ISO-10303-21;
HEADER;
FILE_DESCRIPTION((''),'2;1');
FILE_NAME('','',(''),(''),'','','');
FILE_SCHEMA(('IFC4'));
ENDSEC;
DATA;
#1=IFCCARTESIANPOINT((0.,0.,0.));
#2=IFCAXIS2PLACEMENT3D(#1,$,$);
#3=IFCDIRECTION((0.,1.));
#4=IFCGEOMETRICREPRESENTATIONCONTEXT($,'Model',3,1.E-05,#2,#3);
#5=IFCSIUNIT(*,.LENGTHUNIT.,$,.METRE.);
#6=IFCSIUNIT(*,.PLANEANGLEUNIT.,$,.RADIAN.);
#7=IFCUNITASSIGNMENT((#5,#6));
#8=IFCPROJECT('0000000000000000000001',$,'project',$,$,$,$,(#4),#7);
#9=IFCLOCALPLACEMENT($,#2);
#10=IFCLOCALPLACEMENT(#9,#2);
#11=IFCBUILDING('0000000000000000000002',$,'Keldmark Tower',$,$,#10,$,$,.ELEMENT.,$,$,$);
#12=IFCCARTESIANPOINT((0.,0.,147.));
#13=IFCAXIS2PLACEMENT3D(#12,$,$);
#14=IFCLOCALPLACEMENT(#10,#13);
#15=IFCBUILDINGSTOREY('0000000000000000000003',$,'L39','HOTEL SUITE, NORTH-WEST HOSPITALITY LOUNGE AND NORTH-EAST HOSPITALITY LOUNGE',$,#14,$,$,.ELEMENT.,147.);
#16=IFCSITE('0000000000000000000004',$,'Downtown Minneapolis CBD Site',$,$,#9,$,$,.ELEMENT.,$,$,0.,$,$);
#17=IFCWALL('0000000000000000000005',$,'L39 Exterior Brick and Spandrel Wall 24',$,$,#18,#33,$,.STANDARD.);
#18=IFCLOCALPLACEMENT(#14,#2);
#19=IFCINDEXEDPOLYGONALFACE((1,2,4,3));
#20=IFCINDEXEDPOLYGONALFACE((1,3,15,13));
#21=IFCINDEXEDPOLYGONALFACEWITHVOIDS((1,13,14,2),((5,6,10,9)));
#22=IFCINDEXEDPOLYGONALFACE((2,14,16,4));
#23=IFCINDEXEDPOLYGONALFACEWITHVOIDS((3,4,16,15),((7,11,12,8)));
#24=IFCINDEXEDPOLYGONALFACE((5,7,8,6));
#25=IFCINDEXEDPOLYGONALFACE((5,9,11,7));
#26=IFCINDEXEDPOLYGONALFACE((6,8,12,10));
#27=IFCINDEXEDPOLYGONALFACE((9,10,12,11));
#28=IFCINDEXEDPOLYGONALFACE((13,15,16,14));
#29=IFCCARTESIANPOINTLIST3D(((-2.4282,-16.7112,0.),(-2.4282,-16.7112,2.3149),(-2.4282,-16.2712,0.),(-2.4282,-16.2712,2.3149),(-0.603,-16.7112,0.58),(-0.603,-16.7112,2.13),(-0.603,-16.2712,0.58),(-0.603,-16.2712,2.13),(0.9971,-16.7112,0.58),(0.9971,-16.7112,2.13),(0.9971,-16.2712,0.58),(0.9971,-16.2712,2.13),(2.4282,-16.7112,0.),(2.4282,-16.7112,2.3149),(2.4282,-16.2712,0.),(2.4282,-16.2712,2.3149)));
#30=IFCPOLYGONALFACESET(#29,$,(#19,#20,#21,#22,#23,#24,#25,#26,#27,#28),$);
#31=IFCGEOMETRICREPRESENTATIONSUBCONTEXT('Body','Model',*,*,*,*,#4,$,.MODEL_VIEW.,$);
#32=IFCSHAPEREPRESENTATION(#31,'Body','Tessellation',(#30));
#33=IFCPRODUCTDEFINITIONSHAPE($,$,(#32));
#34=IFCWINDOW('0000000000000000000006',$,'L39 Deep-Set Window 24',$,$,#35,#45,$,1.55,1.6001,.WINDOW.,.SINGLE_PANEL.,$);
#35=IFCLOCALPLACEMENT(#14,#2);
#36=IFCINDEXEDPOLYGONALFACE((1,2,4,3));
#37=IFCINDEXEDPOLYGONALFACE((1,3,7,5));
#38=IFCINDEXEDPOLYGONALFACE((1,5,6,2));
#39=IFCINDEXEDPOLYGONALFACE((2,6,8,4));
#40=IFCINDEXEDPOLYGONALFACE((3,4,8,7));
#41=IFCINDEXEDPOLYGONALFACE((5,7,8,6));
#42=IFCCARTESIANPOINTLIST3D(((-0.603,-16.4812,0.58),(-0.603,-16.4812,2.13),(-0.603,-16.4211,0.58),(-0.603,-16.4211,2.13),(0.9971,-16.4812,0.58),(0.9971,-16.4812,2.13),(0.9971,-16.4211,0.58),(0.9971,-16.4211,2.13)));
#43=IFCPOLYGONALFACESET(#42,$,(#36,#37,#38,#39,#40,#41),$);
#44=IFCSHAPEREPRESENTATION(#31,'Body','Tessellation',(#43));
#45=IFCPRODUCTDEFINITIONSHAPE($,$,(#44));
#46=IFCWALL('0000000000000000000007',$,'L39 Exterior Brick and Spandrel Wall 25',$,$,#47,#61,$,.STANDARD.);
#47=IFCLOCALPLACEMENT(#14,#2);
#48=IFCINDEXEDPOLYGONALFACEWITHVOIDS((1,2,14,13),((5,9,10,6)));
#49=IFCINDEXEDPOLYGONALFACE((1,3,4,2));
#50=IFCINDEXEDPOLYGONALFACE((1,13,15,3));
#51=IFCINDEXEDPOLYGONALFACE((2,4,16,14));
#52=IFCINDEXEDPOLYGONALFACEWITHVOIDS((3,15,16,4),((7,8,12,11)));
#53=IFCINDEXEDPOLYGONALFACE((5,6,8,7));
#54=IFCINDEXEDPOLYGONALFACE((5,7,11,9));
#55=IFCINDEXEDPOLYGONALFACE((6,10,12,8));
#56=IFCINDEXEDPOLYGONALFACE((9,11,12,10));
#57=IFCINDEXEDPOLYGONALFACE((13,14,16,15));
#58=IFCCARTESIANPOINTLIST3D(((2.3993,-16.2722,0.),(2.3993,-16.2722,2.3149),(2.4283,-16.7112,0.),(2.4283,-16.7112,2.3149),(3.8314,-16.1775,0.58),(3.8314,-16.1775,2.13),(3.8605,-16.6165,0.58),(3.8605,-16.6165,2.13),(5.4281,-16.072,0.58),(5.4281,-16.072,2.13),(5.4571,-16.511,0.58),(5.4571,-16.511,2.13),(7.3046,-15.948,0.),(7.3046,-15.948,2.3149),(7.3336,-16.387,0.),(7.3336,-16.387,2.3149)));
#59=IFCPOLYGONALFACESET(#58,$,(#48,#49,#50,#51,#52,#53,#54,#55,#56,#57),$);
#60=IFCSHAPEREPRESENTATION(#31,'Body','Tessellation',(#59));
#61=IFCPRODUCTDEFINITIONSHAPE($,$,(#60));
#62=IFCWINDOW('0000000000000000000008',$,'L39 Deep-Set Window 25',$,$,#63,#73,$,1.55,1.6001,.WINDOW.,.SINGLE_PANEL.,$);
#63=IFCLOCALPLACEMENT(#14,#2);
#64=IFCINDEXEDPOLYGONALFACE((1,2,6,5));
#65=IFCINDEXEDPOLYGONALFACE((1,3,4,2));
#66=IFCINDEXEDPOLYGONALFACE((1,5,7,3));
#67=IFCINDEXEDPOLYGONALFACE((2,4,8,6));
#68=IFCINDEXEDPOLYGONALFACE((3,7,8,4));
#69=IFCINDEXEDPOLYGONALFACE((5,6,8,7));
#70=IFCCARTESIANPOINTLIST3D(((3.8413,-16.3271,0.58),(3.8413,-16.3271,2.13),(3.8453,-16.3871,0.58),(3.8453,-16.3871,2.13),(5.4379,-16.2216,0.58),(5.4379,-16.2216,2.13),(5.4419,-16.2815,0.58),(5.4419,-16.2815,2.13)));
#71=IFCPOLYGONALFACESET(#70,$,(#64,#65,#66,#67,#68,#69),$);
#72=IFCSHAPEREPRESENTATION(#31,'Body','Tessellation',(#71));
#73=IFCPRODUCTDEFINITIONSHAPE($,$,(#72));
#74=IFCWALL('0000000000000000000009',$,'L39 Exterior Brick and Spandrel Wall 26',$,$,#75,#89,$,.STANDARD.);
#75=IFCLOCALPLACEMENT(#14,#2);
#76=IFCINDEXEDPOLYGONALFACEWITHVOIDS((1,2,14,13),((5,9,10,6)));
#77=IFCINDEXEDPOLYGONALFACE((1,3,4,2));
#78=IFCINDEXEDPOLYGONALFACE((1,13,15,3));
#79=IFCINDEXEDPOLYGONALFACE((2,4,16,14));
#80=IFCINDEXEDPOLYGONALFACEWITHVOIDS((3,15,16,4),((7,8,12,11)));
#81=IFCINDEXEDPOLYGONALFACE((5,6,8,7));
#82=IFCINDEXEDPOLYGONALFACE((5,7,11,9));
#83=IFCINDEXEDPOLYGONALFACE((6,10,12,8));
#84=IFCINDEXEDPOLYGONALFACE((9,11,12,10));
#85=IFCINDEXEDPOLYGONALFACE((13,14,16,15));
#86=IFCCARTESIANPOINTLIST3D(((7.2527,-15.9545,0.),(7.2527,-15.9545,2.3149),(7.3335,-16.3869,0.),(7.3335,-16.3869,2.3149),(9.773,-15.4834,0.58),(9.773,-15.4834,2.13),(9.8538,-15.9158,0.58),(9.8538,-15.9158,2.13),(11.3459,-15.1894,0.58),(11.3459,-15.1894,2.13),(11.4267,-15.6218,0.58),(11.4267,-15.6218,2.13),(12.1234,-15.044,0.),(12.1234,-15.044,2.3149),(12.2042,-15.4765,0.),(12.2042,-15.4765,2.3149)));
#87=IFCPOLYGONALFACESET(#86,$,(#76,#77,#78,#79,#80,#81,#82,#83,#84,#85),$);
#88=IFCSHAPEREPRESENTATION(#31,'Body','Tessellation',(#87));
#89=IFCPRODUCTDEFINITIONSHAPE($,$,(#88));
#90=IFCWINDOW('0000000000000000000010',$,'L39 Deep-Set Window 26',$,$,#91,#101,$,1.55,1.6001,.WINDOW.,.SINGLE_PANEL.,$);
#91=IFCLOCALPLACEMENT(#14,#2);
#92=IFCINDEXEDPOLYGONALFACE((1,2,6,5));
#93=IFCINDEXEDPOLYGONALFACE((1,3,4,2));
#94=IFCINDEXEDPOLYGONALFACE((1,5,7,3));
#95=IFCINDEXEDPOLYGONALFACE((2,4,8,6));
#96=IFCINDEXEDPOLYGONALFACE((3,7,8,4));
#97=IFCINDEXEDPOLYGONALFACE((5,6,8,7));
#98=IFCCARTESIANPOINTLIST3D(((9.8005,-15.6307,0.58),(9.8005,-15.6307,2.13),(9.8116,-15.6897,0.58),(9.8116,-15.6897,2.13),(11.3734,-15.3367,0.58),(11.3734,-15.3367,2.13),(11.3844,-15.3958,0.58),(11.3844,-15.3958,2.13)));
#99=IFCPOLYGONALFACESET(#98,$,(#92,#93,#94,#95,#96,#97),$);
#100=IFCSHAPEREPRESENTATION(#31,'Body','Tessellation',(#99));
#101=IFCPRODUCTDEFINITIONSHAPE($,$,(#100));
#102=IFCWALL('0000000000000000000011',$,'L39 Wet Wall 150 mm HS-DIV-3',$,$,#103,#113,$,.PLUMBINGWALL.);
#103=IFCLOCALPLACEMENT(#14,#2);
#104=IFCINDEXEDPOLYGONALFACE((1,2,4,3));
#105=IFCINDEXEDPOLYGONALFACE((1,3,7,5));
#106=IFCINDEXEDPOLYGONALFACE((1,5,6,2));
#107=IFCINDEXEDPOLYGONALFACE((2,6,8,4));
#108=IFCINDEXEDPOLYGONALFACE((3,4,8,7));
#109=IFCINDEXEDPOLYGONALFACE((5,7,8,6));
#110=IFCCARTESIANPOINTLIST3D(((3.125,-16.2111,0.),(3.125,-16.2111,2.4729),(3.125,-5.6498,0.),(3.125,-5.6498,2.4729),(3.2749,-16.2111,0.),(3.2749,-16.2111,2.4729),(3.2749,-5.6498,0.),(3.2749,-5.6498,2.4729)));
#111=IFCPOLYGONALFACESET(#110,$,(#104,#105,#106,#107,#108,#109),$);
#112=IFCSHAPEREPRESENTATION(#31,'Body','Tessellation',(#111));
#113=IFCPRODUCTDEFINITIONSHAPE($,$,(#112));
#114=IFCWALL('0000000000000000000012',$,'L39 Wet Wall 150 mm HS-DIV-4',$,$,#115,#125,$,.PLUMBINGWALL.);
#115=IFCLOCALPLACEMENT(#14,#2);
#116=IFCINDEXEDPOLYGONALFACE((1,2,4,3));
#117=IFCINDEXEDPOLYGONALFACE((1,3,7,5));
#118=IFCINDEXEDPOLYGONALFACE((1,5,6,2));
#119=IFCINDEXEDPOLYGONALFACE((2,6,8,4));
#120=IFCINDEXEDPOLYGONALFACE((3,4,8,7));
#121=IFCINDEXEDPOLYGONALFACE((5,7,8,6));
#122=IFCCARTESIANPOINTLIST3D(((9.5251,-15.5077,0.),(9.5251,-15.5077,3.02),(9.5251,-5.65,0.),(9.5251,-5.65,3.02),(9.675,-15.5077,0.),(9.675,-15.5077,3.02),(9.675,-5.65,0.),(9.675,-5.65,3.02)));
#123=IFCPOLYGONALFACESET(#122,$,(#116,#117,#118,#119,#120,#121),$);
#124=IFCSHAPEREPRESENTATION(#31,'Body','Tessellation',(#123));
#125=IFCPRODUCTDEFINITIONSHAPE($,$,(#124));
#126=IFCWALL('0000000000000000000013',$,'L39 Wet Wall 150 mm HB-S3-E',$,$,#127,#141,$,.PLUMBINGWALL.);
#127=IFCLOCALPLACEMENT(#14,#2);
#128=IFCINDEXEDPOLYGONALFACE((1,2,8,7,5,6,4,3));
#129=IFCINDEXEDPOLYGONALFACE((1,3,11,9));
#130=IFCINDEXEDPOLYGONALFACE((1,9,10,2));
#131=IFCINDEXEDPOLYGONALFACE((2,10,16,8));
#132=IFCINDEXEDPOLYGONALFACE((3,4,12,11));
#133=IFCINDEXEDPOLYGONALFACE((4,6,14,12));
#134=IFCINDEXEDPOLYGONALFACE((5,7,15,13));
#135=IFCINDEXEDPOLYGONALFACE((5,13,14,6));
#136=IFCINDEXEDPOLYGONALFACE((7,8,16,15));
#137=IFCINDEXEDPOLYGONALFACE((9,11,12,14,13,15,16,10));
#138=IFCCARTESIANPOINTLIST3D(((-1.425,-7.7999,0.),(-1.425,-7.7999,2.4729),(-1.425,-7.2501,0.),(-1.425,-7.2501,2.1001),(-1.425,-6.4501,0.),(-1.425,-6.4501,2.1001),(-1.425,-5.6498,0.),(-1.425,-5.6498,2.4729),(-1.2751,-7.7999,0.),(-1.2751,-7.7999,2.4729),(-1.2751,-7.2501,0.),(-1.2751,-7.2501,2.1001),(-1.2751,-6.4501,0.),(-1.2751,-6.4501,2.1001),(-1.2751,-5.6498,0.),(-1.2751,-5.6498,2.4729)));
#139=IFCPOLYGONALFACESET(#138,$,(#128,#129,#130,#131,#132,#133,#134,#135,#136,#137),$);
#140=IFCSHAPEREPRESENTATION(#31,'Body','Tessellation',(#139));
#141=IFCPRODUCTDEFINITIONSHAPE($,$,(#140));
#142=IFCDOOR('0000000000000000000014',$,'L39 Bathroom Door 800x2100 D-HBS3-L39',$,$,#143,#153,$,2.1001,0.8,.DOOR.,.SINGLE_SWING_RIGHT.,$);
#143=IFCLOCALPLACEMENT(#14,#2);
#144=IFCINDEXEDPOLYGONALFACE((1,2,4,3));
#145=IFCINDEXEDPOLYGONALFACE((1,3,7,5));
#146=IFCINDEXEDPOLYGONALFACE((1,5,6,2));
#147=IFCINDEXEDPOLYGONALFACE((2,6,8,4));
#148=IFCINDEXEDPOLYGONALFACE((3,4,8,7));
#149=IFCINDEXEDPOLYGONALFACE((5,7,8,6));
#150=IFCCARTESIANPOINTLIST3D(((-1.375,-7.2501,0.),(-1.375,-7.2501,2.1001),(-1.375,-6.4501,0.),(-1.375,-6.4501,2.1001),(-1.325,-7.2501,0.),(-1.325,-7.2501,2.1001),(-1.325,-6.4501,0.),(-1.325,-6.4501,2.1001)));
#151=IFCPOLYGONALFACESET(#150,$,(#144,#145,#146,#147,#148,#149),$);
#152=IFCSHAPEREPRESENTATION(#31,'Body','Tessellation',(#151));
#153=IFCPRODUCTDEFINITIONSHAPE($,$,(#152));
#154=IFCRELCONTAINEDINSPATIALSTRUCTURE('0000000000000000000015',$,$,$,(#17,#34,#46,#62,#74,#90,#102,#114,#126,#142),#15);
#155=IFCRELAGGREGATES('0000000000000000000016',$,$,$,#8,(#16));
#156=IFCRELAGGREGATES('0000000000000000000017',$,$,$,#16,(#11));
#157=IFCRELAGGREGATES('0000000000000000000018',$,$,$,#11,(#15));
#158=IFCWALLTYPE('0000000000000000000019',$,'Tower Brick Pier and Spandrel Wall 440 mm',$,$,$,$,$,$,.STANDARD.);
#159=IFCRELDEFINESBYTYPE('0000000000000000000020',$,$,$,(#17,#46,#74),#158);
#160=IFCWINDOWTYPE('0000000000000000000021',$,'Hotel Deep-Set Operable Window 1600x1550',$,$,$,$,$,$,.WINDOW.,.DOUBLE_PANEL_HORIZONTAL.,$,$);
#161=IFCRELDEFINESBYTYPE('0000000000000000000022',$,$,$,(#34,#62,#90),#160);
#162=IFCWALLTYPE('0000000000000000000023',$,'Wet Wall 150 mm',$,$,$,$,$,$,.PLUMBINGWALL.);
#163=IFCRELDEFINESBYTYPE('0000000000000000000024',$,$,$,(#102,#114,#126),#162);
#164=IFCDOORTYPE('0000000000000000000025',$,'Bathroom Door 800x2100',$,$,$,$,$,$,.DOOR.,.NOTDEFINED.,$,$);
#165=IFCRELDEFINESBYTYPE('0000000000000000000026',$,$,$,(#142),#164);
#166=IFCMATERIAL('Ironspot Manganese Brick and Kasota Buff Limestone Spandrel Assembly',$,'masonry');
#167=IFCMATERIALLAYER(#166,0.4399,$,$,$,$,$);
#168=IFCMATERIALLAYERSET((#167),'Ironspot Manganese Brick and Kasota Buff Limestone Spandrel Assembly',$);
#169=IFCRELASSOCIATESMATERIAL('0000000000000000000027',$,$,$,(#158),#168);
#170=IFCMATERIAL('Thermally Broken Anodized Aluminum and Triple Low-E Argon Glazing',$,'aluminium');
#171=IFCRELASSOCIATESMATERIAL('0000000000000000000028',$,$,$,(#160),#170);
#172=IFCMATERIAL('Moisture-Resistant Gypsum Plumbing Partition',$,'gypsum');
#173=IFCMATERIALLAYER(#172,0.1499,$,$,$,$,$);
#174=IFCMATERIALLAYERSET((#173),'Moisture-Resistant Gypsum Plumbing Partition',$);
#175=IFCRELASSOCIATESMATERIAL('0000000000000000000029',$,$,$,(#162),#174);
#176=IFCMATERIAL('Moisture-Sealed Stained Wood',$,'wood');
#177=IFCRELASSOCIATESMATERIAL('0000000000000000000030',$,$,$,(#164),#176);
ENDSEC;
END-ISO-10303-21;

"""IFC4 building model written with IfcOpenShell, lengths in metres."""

from ifc_helpers import new_model, si_unit, direction, frame, frame_2d, origin, place, context, subcontext, project, spatial, rectangle, extrude, material, layer, layer_set, type_object, element, fill, save


model = new_model("IFC4")

# Units and contexts
model_context = context("Model", 3, precision=1e-05, world=origin(), true_north=direction((0.0, 1.0)))
body_context = subcontext(model_context, "Body", "Model", "MODEL_VIEW")
ifc_project = project(units=[si_unit("LENGTHUNIT", "METRE"), si_unit("PLANEANGLEUNIT", "RADIAN")], contexts=[model_context])

# Site, building, storey
site_placement = place(None, origin())
site = spatial("IfcSite", under=ifc_project, at=site_placement, Name="Downtown Minneapolis CBD Site", CompositionType="ELEMENT", RefElevation=0.0)
building_placement = place(site_placement, origin())
building = spatial("IfcBuilding", under=site, at=building_placement, Name="Keldmark Tower", CompositionType="ELEMENT")
storey_placement = place(building_placement, frame((0.0, 0.0, 147.0)))
storey = spatial("IfcBuildingStorey", under=building, at=storey_placement, Name="L39", Description="HOTEL SUITE, NORTH-WEST HOSPITALITY LOUNGE AND NORTH-EAST HOSPITALITY LOUNGE", CompositionType="ELEMENT", Elevation=147.0)

# Walls, openings, windows
ifc_material_1 = material(Name="Ironspot Manganese Brick and Kasota Buff Limestone Spandrel Assembly", Category="masonry")
ifc_layer_1 = layer(ifc_material_1, 0.4399)
ifc_layer_set_1 = layer_set([ifc_layer_1], Name="Ironspot Manganese Brick and Kasota Buff Limestone Spandrel Assembly")
wall_type_1 = type_object("IfcWallType", Name="Tower Brick Pier and Spandrel Wall 440 mm", PredefinedType="STANDARD", material=ifc_layer_set_1)
wall_1_placement = place(storey_placement, frame((2.4282, -16.4912, 0.0), z_axis=(0.0, 0.0, 1.0), x_axis=(-1.0, 0.0, 0.0)))
wall_1 = element("IfcWall", 1, at=wall_1_placement, inside=storey, type_object=wall_type_1, Name="L39 Exterior Brick and Spandrel Wall 24", PredefinedType="STANDARD", context=body_context, shape_type="SweptSolid", body=[
    extrude(rectangle(XDim=4.8564, YDim=0.4399, at=frame_2d((2.4282, 0.0))), origin(), (0.0, 0.0, 1.0), 2.3149),
])
opening_1_placement = place(wall_1_placement, frame((1.4312, 0.0, 0.5801)))
opening_1 = element("IfcOpeningElement", 2, at=opening_1_placement, cuts=wall_1, PredefinedType="OPENING", context=body_context, shape_type="SweptSolid", body=[
    extrude(rectangle(XDim=1.6001, YDim=1.55, at=frame_2d((0.8, 0.7749))), frame((0.0, 0.23, 0.0), z_axis=(0.0, -1.0, 0.0), x_axis=(1.0, 0.0, 0.0)), (0.0, 0.0, 1.0), 0.46),
])
ifc_material_2 = material(Name="Thermally Broken Anodized Aluminum and Triple Low-E Argon Glazing", Category="aluminium")
window_type = type_object("IfcWindowType", Name="Hotel Deep-Set Operable Window 1600x1550", PartitioningType="DOUBLE_PANEL_HORIZONTAL", PredefinedType="WINDOW", material=ifc_material_2)
window_1_placement = place(opening_1_placement, origin())
window_1 = element("IfcWindow", 3, at=window_1_placement, inside=storey, type_object=window_type, Name="L39 Deep-Set Window 24", OverallHeight=1.55, OverallWidth=1.6001, PartitioningType="SINGLE_PANEL", PredefinedType="WINDOW", context=body_context, shape_type="SweptSolid", body=[
    extrude(rectangle(XDim=1.6001, YDim=1.55, at=frame_2d((0.8, 0.7749))), frame((0.0, -0.01, 0.0), z_axis=(0.0, -1.0, 0.0), x_axis=(1.0, 0.0, 0.0)), (0.0, 0.0, 1.0), 0.0601),
])
fill(opening_1, window_1)
wall_2_placement = place(storey_placement, frame((7.3191, -16.1675, 0.0), z_axis=(0.0, 0.0, 1.0), x_axis=(-0.997823, -0.065952, 0.0)))
wall_2 = element("IfcWall", 4, at=wall_2_placement, inside=storey, type_object=wall_type_1, Name="L39 Exterior Brick and Spandrel Wall 25", PredefinedType="STANDARD", context=body_context, shape_type="SweptSolid", body=[
    extrude(rectangle(XDim=4.916, YDim=0.4399, at=frame_2d((2.458, 0.0))), origin(), (0.0, 0.0, 1.0), 2.3149),
])
opening_2_placement = place(wall_2_placement, frame((1.8806, 0.0, 0.5801)))
opening_2 = element("IfcOpeningElement", 5, at=opening_2_placement, cuts=wall_2, PredefinedType="OPENING", context=body_context, shape_type="SweptSolid", body=[
    extrude(rectangle(XDim=1.6001, YDim=1.55, at=frame_2d((0.8, 0.7749))), frame((0.0, 0.23, 0.0), z_axis=(0.0, -1.0, 0.0), x_axis=(1.0, 0.0, 0.0)), (0.0, 0.0, 1.0), 0.46),
])
window_2_placement = place(opening_2_placement, origin())
window_2 = element("IfcWindow", 6, at=window_2_placement, inside=storey, type_object=window_type, Name="L39 Deep-Set Window 25", OverallHeight=1.55, OverallWidth=1.6001, PartitioningType="SINGLE_PANEL", PredefinedType="WINDOW", context=body_context, shape_type="SweptSolid", body=[
    extrude(rectangle(XDim=1.6001, YDim=1.55, at=frame_2d((0.8, 0.7749))), frame((0.0, -0.01, 0.0), z_axis=(0.0, -1.0, 0.0), x_axis=(1.0, 0.0, 0.0)), (0.0, 0.0, 1.0), 0.0601),
])
fill(opening_2, window_2)
wall_3_placement = place(storey_placement, frame((12.1638, -15.2603, 0.0), z_axis=(0.0, 0.0, 1.0), x_axis=(-0.982976, -0.183735, 0.0)))
wall_3 = element("IfcWall", 7, at=wall_3_placement, inside=storey, type_object=wall_type_1, Name="L39 Exterior Brick and Spandrel Wall 26", PredefinedType="STANDARD", context=body_context, shape_type="SweptSolid", body=[
    extrude(rectangle(XDim=4.9551, YDim=0.4399, at=frame_2d((2.4775, 0.0))), origin(), (0.0, 0.0, 1.0), 2.3149),
])
opening_3_placement = place(wall_3_placement, frame((0.791, 0.0, 0.5801)))
opening_3 = element("IfcOpeningElement", 8, at=opening_3_placement, cuts=wall_3, PredefinedType="OPENING", context=body_context, shape_type="SweptSolid", body=[
    extrude(rectangle(XDim=1.6001, YDim=1.55, at=frame_2d((0.8, 0.7749))), frame((0.0, 0.23, 0.0), z_axis=(0.0, -1.0, 0.0), x_axis=(1.0, 0.0, 0.0)), (0.0, 0.0, 1.0), 0.46),
])
window_3_placement = place(opening_3_placement, origin())
window_3 = element("IfcWindow", 9, at=window_3_placement, inside=storey, type_object=window_type, Name="L39 Deep-Set Window 26", OverallHeight=1.55, OverallWidth=1.6001, PartitioningType="SINGLE_PANEL", PredefinedType="WINDOW", context=body_context, shape_type="SweptSolid", body=[
    extrude(rectangle(XDim=1.6001, YDim=1.55, at=frame_2d((0.8, 0.7749))), frame((0.0, -0.01, 0.0), z_axis=(0.0, -1.0, 0.0), x_axis=(1.0, 0.0, 0.0)), (0.0, 0.0, 1.0), 0.0601),
])
fill(opening_3, window_3)

# Walls
ifc_material_3 = material(Name="Moisture-Resistant Gypsum Plumbing Partition", Category="gypsum")
ifc_layer_2 = layer(ifc_material_3, 0.1499)
ifc_layer_set_2 = layer_set([ifc_layer_2], Name="Moisture-Resistant Gypsum Plumbing Partition")
wall_type_2 = type_object("IfcWallType", Name="Wet Wall 150 mm", PredefinedType="PLUMBINGWALL", material=ifc_layer_set_2)
wall_4_placement = place(storey_placement, frame((3.2, -16.2112, 0.0), z_axis=(0.0, 0.0, 1.0), x_axis=(0.0, 1.0, 0.0)))
element("IfcWall", 10, at=wall_4_placement, inside=storey, type_object=wall_type_2, Name="L39 Wet Wall 150 mm HS-DIV-3", PredefinedType="PLUMBINGWALL", context=body_context, shape_type="SweptSolid", body=[
    extrude(rectangle(XDim=10.5613, YDim=0.1499, at=frame_2d((5.2808, 0.0))), origin(), (0.0, 0.0, 1.0), 2.4729),
])
wall_5_placement = place(storey_placement, frame((9.6001, -15.5076, 0.0), z_axis=(0.0, 0.0, 1.0), x_axis=(0.0, 1.0, 0.0)))
element("IfcWall", 11, at=wall_5_placement, inside=storey, type_object=wall_type_2, Name="L39 Wet Wall 150 mm HS-DIV-4", PredefinedType="PLUMBINGWALL", context=body_context, shape_type="SweptSolid", body=[
    extrude(rectangle(XDim=9.8577, YDim=0.1499, at=frame_2d((4.9287, 0.0))), origin(), (0.0, 0.0, 1.0), 3.02),
])

# Wall, opening, door
wall_6_placement = place(storey_placement, frame((-1.3501, -7.8, 0.0), z_axis=(0.0, 0.0, 1.0), x_axis=(0.0, 1.0, 0.0)))
wall_6 = element("IfcWall", 12, at=wall_6_placement, inside=storey, type_object=wall_type_2, Name="L39 Wet Wall 150 mm HB-S3-E", PredefinedType="PLUMBINGWALL", context=body_context, shape_type="SweptSolid", body=[
    extrude(rectangle(XDim=2.1501, YDim=0.1499, at=frame_2d((1.0752, 0.0))), origin(), (0.0, 0.0, 1.0), 2.4729),
])
opening_4_placement = place(wall_6_placement, frame((0.55, 0.0, 0.0)))
opening_4 = element("IfcOpeningElement", 13, at=opening_4_placement, cuts=wall_6, PredefinedType="OPENING", context=body_context, shape_type="SweptSolid", body=[
    extrude(rectangle(XDim=0.8, YDim=2.1001, at=frame_2d((0.3999, 1.05))), frame((0.0, 0.085, 0.0), z_axis=(0.0, -1.0, 0.0), x_axis=(1.0, 0.0, 0.0)), (0.0, 0.0, 1.0), 0.1699),
])
ifc_material_4 = material(Name="Moisture-Sealed Stained Wood", Category="wood")
door_type = type_object("IfcDoorType", Name="Bathroom Door 800x2100", OperationType="NOTDEFINED", PredefinedType="DOOR", material=ifc_material_4)
door_1_placement = place(opening_4_placement, origin())
door_1 = element("IfcDoor", 14, at=door_1_placement, inside=storey, type_object=door_type, Name="L39 Bathroom Door 800x2100 D-HBS3-L39", OperationType="SINGLE_SWING_RIGHT", OverallHeight=2.1001, OverallWidth=0.8, PredefinedType="DOOR", context=body_context, shape_type="SweptSolid", body=[
    extrude(rectangle(XDim=0.8, YDim=2.1001, at=frame_2d((0.3999, 1.05))), frame((0.0, 0.0249, 0.0), z_axis=(0.0, -1.0, 0.0), x_axis=(1.0, 0.0, 0.0)), (0.0, 0.0, 1.0), 0.05),
])
fill(opening_4, door_1)

save(model, "model.ifc")
